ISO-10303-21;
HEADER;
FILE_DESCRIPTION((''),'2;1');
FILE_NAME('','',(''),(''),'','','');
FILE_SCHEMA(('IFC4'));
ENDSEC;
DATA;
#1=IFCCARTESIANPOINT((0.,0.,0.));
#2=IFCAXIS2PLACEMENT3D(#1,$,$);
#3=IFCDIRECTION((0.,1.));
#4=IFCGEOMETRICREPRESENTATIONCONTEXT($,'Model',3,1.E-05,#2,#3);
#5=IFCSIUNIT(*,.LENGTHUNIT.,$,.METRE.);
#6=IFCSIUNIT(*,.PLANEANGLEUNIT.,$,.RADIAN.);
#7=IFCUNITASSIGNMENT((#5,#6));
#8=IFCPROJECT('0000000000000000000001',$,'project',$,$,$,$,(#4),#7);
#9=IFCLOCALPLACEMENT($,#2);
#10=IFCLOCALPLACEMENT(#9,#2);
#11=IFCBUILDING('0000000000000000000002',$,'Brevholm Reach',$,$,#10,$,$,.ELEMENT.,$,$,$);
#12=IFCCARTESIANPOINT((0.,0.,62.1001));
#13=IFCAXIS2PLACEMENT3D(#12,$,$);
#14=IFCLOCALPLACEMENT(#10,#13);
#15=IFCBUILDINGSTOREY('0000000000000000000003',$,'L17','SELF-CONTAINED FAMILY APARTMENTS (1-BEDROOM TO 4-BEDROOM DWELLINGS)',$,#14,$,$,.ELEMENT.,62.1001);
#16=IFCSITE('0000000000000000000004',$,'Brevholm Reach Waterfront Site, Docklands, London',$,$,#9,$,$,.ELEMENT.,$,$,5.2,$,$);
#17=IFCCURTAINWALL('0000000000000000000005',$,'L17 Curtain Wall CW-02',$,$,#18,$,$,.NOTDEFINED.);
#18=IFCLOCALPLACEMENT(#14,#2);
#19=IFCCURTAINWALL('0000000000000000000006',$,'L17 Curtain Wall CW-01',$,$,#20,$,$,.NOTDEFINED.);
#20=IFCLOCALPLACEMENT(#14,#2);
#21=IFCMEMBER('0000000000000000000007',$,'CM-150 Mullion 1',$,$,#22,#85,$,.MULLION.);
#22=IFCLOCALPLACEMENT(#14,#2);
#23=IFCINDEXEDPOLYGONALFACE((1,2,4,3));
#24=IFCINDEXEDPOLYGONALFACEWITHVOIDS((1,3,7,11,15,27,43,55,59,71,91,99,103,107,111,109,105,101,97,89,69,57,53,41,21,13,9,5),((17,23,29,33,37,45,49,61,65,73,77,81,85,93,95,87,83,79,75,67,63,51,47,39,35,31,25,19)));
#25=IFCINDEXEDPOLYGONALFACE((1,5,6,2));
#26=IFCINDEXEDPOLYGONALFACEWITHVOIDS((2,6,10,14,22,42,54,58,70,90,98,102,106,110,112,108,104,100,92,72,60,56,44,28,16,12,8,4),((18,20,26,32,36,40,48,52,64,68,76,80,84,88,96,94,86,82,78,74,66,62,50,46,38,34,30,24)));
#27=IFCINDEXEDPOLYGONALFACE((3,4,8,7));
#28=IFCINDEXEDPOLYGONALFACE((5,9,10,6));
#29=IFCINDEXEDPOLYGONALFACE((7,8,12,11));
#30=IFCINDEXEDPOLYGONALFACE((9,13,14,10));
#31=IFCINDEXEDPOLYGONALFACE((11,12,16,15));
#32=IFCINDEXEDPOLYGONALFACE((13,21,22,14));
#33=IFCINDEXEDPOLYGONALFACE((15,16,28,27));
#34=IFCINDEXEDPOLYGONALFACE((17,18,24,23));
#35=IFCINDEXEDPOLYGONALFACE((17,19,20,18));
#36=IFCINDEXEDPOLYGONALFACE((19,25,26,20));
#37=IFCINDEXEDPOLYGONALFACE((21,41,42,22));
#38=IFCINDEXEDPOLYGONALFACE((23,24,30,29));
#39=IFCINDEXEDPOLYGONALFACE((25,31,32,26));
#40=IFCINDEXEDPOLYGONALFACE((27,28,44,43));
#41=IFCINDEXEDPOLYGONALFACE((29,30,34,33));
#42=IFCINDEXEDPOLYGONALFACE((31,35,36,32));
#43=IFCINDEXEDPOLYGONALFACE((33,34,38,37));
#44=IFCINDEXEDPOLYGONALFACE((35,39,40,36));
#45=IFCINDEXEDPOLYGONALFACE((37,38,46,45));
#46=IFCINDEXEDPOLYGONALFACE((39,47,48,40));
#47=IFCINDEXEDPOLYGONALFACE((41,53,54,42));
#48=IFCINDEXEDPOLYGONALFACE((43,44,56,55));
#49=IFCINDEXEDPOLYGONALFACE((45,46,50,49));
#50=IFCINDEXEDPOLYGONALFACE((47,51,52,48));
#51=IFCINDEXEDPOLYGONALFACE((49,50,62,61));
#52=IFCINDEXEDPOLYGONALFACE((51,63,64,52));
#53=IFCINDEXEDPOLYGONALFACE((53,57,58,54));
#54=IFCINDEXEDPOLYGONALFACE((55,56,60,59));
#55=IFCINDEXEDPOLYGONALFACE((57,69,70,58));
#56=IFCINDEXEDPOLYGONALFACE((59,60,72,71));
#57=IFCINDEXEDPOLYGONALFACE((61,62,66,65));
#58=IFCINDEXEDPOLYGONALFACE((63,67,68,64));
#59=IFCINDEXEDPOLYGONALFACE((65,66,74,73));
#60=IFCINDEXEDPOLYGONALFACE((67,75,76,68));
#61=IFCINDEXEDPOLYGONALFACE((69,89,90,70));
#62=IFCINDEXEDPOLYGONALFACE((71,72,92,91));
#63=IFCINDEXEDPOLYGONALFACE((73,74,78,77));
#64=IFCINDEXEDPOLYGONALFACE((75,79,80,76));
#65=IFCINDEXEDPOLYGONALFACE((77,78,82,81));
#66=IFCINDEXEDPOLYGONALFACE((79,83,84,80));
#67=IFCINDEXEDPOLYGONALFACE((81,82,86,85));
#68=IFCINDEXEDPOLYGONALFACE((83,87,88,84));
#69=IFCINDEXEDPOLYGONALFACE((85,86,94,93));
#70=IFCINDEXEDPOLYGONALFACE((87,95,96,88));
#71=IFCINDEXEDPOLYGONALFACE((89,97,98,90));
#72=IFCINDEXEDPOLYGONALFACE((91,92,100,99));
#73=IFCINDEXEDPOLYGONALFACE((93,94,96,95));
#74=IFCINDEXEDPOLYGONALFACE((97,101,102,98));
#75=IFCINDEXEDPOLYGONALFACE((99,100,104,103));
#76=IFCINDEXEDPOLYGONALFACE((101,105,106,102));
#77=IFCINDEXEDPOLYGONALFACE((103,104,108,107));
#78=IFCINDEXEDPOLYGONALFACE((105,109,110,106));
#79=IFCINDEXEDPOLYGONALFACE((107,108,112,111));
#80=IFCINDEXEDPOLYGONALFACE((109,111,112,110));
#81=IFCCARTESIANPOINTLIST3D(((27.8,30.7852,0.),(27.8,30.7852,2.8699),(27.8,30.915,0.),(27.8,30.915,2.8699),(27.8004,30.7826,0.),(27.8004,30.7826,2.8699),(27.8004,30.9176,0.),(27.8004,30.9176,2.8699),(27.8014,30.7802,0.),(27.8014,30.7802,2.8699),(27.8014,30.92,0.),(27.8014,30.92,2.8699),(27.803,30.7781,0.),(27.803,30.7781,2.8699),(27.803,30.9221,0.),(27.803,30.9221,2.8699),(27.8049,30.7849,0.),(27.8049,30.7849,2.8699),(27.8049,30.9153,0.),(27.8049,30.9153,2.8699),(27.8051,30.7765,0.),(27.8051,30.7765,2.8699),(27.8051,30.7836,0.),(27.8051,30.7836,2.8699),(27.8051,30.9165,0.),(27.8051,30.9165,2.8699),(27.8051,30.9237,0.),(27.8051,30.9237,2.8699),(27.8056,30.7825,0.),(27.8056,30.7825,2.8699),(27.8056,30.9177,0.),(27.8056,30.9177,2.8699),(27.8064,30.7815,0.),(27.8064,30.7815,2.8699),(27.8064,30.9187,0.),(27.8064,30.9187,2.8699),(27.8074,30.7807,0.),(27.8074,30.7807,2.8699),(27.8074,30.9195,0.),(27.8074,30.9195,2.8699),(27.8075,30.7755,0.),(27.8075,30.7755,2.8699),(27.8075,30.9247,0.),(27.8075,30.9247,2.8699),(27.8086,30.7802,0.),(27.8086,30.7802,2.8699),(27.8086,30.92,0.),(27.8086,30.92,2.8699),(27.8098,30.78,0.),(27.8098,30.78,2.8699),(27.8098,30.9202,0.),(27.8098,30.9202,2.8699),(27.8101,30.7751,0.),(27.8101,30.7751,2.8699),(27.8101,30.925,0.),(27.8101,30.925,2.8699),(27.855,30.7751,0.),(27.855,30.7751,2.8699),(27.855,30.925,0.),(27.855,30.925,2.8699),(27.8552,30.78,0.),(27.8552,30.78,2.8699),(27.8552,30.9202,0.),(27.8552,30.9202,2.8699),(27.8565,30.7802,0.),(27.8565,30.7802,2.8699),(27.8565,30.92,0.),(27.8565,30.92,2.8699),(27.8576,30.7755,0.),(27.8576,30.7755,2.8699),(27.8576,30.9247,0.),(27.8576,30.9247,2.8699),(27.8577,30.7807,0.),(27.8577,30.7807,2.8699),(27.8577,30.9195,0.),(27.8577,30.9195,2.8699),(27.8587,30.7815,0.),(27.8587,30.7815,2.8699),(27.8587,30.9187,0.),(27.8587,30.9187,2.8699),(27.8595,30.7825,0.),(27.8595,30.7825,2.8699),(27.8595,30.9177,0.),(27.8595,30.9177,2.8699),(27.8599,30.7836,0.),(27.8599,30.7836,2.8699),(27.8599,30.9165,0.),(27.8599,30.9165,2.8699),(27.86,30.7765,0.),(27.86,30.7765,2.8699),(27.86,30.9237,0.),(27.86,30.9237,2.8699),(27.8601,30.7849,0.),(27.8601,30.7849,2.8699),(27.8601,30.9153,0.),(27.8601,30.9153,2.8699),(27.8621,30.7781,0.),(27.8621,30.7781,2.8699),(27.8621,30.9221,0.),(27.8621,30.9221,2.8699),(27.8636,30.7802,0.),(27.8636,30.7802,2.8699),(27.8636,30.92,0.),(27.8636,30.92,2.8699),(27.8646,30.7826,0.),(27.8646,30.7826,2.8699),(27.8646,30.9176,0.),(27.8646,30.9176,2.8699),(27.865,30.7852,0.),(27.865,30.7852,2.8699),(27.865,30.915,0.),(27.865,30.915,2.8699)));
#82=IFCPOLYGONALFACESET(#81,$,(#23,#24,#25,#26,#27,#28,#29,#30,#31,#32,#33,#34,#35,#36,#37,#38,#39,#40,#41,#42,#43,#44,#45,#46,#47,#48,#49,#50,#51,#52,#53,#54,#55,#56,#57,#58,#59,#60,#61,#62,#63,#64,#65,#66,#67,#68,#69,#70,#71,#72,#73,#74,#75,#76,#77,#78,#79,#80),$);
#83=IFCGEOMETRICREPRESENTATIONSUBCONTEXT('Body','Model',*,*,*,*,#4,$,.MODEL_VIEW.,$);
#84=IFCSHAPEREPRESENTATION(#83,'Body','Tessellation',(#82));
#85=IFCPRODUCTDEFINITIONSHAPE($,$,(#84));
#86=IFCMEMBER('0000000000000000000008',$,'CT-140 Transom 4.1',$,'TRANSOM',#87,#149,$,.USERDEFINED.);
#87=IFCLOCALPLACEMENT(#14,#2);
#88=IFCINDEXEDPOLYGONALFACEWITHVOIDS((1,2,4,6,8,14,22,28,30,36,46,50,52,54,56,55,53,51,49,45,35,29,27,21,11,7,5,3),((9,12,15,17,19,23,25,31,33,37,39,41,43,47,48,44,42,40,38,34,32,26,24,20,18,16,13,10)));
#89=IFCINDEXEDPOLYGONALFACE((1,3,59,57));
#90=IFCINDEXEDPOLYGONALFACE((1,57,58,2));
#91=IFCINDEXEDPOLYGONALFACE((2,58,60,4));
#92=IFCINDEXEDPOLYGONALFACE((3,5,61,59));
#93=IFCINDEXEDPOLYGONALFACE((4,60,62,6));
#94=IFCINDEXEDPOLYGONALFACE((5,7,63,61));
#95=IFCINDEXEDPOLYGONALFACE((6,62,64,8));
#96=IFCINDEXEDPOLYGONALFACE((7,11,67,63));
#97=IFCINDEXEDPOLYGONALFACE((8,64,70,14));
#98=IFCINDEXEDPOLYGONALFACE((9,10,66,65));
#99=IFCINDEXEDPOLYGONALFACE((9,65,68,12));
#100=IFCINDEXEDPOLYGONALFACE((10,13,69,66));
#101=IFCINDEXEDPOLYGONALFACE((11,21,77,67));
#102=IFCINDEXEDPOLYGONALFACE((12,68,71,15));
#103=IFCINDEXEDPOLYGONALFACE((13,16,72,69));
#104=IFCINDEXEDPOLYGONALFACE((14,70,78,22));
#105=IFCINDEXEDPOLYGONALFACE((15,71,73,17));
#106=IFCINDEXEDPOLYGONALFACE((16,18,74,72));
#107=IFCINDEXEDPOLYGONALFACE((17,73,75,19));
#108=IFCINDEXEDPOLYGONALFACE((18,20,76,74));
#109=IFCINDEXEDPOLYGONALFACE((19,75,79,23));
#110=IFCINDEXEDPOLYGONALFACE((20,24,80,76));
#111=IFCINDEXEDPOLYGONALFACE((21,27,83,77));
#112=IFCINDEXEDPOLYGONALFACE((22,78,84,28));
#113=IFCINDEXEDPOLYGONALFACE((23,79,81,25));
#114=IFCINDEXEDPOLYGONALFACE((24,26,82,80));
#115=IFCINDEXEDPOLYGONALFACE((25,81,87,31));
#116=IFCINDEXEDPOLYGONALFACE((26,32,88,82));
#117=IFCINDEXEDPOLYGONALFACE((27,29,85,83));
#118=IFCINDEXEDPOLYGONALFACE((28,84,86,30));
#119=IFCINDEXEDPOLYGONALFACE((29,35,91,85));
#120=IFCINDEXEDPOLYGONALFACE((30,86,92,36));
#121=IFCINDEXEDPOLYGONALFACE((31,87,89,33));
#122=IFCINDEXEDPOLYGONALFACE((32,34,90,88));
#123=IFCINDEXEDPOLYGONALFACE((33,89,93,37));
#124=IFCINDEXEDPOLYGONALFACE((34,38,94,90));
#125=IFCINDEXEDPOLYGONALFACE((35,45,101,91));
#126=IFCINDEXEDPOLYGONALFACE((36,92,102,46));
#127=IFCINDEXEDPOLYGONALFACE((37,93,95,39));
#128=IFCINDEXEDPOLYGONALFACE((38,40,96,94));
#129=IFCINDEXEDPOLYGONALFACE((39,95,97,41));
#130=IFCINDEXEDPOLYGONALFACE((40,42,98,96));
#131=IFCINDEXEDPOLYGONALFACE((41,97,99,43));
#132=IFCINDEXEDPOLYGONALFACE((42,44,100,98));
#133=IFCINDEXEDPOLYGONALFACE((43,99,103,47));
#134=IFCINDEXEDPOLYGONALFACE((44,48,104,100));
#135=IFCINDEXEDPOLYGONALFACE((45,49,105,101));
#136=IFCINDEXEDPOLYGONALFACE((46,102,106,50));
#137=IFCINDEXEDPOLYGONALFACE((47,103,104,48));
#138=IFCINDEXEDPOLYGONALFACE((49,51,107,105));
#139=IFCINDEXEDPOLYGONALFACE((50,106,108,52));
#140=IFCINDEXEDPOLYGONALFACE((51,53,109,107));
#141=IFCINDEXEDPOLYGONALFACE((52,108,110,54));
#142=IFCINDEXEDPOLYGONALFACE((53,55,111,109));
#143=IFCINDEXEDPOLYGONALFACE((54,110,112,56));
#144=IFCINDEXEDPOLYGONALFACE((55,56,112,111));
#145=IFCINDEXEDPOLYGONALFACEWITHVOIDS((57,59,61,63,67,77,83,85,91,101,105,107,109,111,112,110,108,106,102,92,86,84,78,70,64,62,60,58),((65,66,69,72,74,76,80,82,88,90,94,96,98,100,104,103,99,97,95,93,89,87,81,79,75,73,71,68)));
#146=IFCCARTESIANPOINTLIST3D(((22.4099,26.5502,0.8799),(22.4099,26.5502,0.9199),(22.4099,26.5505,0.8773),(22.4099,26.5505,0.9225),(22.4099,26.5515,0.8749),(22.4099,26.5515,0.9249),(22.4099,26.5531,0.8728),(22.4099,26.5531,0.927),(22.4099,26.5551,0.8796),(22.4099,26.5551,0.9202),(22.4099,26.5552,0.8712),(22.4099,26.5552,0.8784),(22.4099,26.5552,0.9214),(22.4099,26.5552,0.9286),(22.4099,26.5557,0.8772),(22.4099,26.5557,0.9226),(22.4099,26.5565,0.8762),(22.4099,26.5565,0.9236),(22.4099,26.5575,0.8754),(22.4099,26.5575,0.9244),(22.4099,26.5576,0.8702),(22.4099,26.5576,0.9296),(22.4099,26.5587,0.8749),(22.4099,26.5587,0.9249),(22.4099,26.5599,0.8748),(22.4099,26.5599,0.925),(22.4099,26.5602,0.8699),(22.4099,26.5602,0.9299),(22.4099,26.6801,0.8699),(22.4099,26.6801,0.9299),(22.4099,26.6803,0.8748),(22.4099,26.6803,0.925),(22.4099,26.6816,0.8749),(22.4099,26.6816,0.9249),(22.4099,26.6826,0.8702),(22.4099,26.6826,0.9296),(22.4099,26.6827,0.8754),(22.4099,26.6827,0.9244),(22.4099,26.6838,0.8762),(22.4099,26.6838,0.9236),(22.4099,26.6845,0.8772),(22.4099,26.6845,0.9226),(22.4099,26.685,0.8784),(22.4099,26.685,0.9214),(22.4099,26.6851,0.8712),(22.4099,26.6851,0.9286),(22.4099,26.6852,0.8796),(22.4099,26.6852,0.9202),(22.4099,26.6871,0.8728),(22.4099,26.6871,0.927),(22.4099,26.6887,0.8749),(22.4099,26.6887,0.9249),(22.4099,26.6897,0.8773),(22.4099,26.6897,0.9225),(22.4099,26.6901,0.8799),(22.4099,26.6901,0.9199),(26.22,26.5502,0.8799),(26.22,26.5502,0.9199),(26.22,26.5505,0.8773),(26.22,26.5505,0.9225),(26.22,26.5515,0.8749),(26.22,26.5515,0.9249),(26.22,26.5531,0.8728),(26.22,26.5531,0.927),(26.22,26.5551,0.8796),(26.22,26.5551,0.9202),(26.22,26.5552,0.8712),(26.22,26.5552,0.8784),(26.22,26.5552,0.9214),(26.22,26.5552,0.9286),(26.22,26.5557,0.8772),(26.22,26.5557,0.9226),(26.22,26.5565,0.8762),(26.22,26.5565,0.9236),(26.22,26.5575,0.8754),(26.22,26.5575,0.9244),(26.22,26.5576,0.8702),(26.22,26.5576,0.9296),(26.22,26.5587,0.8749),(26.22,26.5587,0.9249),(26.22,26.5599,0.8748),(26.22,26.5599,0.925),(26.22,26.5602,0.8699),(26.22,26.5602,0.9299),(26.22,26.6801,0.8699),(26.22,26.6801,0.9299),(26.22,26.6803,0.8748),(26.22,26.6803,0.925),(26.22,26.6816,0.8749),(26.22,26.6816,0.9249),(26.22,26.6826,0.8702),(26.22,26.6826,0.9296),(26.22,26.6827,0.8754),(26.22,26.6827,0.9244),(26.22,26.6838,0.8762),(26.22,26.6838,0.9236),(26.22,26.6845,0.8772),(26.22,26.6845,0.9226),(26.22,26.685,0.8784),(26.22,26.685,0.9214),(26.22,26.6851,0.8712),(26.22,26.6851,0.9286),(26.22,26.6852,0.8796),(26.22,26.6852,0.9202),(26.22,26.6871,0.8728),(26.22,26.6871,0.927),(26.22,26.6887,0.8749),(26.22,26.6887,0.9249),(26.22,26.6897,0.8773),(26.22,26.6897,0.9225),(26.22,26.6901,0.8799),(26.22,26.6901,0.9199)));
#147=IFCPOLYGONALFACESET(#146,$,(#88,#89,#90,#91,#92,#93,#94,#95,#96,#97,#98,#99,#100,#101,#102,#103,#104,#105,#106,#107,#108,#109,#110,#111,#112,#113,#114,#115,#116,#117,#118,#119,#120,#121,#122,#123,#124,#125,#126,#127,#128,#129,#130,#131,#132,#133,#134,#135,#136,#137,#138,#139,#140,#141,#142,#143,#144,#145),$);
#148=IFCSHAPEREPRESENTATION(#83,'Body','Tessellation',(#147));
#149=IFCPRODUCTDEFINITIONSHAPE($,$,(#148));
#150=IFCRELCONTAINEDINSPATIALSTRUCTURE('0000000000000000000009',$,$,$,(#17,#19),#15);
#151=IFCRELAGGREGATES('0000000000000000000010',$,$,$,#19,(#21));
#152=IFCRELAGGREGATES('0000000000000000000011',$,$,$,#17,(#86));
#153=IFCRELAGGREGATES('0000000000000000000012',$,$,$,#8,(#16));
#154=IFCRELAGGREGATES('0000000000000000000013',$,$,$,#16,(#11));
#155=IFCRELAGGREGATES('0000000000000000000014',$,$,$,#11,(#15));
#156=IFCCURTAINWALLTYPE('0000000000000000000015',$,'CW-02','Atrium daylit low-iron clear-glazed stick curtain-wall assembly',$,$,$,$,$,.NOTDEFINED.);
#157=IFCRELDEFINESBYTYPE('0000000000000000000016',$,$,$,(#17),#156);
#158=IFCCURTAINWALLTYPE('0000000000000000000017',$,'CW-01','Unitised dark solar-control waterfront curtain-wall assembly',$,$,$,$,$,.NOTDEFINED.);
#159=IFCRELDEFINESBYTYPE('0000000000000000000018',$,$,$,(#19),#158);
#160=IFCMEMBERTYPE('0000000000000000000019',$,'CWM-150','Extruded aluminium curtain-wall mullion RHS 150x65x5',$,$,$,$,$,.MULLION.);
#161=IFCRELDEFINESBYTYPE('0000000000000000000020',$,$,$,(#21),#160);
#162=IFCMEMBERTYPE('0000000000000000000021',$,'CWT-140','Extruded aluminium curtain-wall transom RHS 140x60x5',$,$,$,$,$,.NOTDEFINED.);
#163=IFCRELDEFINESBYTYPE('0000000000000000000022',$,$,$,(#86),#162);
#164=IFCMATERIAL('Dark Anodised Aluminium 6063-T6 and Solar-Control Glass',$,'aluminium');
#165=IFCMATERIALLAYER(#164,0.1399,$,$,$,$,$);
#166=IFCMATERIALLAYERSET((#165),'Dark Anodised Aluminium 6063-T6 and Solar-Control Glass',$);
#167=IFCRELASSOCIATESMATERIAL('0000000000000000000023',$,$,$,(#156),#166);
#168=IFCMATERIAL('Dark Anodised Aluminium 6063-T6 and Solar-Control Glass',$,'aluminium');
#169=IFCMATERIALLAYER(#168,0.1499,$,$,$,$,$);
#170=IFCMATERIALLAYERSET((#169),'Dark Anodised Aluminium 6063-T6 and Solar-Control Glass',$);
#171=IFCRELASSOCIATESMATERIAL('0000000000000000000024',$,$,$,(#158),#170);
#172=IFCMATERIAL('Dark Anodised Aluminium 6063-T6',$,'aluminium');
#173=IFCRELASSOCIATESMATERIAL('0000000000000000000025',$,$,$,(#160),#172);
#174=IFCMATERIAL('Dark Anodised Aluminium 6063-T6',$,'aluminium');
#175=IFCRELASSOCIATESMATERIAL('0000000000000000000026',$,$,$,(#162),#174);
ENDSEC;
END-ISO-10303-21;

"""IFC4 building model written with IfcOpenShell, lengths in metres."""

from ifc_helpers import new_model, si_unit, direction, frame, origin, origin_2d, place, context, subcontext, project, spatial, hollow_rectangle, extrude, material, layer, layer_set, material_profile, profile_set, type_object, element, aggregate, save


model = new_model("IFC4")

# Units and contexts
model_context = context("Model", 3, precision=1e-05, world=origin(), true_north=direction((0.0, 1.0)))
body_context = subcontext(model_context, "Body", "Model", "MODEL_VIEW")
ifc_project = project(units=[si_unit("LENGTHUNIT", "METRE"), si_unit("PLANEANGLEUNIT", "RADIAN")], contexts=[model_context])

# Site, building, storey
site_placement = place(None, origin())
site = spatial("IfcSite", under=ifc_project, at=site_placement, Name="Brevholm Reach Waterfront Site, Docklands, London", CompositionType="ELEMENT", RefElevation=5.2)
building_placement = place(site_placement, origin())
building = spatial("IfcBuilding", under=site, at=building_placement, Name="Brevholm Reach", CompositionType="ELEMENT")
storey_placement = place(building_placement, frame((0.0, 0.0, 62.1001)))
storey = spatial("IfcBuildingStorey", under=building, at=storey_placement, Name="L17", Description="SELF-CONTAINED FAMILY APARTMENTS (1-BEDROOM TO 4-BEDROOM DWELLINGS)", CompositionType="ELEMENT", Elevation=62.1001)

# Curtain wall
ifc_material_1 = material(Name="Dark Anodised Aluminium 6063-T6 and Solar-Control Glass", Category="aluminium")
ifc_layer_1 = layer(ifc_material_1, 0.1399)
ifc_layer_set_1 = layer_set([ifc_layer_1], Name="Dark Anodised Aluminium 6063-T6 and Solar-Control Glass")
curtain_wall_type_1 = type_object("IfcCurtainWallType", Name="CW-02", Description="Atrium daylit low-iron clear-glazed stick curtain-wall assembly", PredefinedType="NOTDEFINED", material=ifc_layer_set_1)
curtain_wall_1_placement = place(storey_placement, origin())
curtain_wall_1 = element("IfcCurtainWall", 1, at=curtain_wall_1_placement, inside=storey, type_object=curtain_wall_type_1, Name="L17 Curtain Wall CW-02", PredefinedType="NOTDEFINED")

# Curtain wall, member
ifc_material_2 = material(Name="Dark Anodised Aluminium 6063-T6 and Solar-Control Glass", Category="aluminium")
ifc_layer_2 = layer(ifc_material_2, 0.1499)
ifc_layer_set_2 = layer_set([ifc_layer_2], Name="Dark Anodised Aluminium 6063-T6 and Solar-Control Glass")
curtain_wall_type_2 = type_object("IfcCurtainWallType", Name="CW-01", Description="Unitised dark solar-control waterfront curtain-wall assembly", PredefinedType="NOTDEFINED", material=ifc_layer_set_2)
curtain_wall_2_placement = place(storey_placement, origin())
curtain_wall_2 = element("IfcCurtainWall", 2, at=curtain_wall_2_placement, inside=storey, type_object=curtain_wall_type_2, Name="L17 Curtain Wall CW-01", PredefinedType="NOTDEFINED")
ifc_material_3 = material(Name="Dark Anodised Aluminium 6063-T6", Category="aluminium")
ifc_material_profile_1 = material_profile(ifc_material_3, hollow_rectangle(XDim=0.0649, YDim=0.1499, WallThickness=0.0049, InnerFilletRadius=0.0049, OuterFilletRadius=0.01, at=origin_2d()), Name="RHS 150x65x5")
ifc_profile_set_1 = profile_set([ifc_material_profile_1], Name="Dark Anodised Aluminium 6063-T6")
member_type_1 = type_object("IfcMemberType", Name="CWM-150", Description="Extruded aluminium curtain-wall mullion RHS 150x65x5", PredefinedType="MULLION", material=ifc_profile_set_1)
member_1_placement = place(storey_placement, frame((27.8325, 30.8501, 0.0), z_axis=(0.0, 0.0, 1.0), x_axis=(1.0, 0.0, 0.0)))
member_1 = element("IfcMember", 3, at=member_1_placement, type_object=member_type_1, Name="CM-150 Mullion 1", PredefinedType="MULLION", context=body_context, shape_type="SweptSolid", body=[
    extrude(hollow_rectangle(XDim=0.0649, YDim=0.1499, WallThickness=0.0049, InnerFilletRadius=0.0049, OuterFilletRadius=0.01, at=origin_2d()), origin(), (0.0, 0.0, 1.0), 2.8699),
])

# Member
ifc_material_4 = material(Name="Dark Anodised Aluminium 6063-T6", Category="aluminium")
ifc_material_profile_2 = material_profile(ifc_material_4, hollow_rectangle(XDim=0.0601, YDim=0.1399, WallThickness=0.0049, InnerFilletRadius=0.0049, OuterFilletRadius=0.01, at=origin_2d()), Name="RHS 140x60x5")
ifc_profile_set_2 = profile_set([ifc_material_profile_2], Name="Dark Anodised Aluminium 6063-T6")
member_type_2 = type_object("IfcMemberType", Name="CWT-140", Description="Extruded aluminium curtain-wall transom RHS 140x60x5", PredefinedType="NOTDEFINED", material=ifc_profile_set_2)
member_2_placement = place(storey_placement, frame((26.22, 26.6201, 0.8999), z_axis=(-1.0, 0.0, 0.0), x_axis=(0.0, 0.0, 1.0)))
member_2 = element("IfcMember", 4, at=member_2_placement, type_object=member_type_2, Name="CT-140 Transom 4.1", ObjectType="TRANSOM", PredefinedType="USERDEFINED", context=body_context, shape_type="SweptSolid", body=[
    extrude(hollow_rectangle(XDim=0.0601, YDim=0.1399, WallThickness=0.0049, InnerFilletRadius=0.0049, OuterFilletRadius=0.01, at=origin_2d()), origin(), (0.0, 0.0, 1.0), 3.8101),
])
aggregate(curtain_wall_2, [member_1])

aggregate(curtain_wall_1, [member_2])

save(model, "model.ifc")
